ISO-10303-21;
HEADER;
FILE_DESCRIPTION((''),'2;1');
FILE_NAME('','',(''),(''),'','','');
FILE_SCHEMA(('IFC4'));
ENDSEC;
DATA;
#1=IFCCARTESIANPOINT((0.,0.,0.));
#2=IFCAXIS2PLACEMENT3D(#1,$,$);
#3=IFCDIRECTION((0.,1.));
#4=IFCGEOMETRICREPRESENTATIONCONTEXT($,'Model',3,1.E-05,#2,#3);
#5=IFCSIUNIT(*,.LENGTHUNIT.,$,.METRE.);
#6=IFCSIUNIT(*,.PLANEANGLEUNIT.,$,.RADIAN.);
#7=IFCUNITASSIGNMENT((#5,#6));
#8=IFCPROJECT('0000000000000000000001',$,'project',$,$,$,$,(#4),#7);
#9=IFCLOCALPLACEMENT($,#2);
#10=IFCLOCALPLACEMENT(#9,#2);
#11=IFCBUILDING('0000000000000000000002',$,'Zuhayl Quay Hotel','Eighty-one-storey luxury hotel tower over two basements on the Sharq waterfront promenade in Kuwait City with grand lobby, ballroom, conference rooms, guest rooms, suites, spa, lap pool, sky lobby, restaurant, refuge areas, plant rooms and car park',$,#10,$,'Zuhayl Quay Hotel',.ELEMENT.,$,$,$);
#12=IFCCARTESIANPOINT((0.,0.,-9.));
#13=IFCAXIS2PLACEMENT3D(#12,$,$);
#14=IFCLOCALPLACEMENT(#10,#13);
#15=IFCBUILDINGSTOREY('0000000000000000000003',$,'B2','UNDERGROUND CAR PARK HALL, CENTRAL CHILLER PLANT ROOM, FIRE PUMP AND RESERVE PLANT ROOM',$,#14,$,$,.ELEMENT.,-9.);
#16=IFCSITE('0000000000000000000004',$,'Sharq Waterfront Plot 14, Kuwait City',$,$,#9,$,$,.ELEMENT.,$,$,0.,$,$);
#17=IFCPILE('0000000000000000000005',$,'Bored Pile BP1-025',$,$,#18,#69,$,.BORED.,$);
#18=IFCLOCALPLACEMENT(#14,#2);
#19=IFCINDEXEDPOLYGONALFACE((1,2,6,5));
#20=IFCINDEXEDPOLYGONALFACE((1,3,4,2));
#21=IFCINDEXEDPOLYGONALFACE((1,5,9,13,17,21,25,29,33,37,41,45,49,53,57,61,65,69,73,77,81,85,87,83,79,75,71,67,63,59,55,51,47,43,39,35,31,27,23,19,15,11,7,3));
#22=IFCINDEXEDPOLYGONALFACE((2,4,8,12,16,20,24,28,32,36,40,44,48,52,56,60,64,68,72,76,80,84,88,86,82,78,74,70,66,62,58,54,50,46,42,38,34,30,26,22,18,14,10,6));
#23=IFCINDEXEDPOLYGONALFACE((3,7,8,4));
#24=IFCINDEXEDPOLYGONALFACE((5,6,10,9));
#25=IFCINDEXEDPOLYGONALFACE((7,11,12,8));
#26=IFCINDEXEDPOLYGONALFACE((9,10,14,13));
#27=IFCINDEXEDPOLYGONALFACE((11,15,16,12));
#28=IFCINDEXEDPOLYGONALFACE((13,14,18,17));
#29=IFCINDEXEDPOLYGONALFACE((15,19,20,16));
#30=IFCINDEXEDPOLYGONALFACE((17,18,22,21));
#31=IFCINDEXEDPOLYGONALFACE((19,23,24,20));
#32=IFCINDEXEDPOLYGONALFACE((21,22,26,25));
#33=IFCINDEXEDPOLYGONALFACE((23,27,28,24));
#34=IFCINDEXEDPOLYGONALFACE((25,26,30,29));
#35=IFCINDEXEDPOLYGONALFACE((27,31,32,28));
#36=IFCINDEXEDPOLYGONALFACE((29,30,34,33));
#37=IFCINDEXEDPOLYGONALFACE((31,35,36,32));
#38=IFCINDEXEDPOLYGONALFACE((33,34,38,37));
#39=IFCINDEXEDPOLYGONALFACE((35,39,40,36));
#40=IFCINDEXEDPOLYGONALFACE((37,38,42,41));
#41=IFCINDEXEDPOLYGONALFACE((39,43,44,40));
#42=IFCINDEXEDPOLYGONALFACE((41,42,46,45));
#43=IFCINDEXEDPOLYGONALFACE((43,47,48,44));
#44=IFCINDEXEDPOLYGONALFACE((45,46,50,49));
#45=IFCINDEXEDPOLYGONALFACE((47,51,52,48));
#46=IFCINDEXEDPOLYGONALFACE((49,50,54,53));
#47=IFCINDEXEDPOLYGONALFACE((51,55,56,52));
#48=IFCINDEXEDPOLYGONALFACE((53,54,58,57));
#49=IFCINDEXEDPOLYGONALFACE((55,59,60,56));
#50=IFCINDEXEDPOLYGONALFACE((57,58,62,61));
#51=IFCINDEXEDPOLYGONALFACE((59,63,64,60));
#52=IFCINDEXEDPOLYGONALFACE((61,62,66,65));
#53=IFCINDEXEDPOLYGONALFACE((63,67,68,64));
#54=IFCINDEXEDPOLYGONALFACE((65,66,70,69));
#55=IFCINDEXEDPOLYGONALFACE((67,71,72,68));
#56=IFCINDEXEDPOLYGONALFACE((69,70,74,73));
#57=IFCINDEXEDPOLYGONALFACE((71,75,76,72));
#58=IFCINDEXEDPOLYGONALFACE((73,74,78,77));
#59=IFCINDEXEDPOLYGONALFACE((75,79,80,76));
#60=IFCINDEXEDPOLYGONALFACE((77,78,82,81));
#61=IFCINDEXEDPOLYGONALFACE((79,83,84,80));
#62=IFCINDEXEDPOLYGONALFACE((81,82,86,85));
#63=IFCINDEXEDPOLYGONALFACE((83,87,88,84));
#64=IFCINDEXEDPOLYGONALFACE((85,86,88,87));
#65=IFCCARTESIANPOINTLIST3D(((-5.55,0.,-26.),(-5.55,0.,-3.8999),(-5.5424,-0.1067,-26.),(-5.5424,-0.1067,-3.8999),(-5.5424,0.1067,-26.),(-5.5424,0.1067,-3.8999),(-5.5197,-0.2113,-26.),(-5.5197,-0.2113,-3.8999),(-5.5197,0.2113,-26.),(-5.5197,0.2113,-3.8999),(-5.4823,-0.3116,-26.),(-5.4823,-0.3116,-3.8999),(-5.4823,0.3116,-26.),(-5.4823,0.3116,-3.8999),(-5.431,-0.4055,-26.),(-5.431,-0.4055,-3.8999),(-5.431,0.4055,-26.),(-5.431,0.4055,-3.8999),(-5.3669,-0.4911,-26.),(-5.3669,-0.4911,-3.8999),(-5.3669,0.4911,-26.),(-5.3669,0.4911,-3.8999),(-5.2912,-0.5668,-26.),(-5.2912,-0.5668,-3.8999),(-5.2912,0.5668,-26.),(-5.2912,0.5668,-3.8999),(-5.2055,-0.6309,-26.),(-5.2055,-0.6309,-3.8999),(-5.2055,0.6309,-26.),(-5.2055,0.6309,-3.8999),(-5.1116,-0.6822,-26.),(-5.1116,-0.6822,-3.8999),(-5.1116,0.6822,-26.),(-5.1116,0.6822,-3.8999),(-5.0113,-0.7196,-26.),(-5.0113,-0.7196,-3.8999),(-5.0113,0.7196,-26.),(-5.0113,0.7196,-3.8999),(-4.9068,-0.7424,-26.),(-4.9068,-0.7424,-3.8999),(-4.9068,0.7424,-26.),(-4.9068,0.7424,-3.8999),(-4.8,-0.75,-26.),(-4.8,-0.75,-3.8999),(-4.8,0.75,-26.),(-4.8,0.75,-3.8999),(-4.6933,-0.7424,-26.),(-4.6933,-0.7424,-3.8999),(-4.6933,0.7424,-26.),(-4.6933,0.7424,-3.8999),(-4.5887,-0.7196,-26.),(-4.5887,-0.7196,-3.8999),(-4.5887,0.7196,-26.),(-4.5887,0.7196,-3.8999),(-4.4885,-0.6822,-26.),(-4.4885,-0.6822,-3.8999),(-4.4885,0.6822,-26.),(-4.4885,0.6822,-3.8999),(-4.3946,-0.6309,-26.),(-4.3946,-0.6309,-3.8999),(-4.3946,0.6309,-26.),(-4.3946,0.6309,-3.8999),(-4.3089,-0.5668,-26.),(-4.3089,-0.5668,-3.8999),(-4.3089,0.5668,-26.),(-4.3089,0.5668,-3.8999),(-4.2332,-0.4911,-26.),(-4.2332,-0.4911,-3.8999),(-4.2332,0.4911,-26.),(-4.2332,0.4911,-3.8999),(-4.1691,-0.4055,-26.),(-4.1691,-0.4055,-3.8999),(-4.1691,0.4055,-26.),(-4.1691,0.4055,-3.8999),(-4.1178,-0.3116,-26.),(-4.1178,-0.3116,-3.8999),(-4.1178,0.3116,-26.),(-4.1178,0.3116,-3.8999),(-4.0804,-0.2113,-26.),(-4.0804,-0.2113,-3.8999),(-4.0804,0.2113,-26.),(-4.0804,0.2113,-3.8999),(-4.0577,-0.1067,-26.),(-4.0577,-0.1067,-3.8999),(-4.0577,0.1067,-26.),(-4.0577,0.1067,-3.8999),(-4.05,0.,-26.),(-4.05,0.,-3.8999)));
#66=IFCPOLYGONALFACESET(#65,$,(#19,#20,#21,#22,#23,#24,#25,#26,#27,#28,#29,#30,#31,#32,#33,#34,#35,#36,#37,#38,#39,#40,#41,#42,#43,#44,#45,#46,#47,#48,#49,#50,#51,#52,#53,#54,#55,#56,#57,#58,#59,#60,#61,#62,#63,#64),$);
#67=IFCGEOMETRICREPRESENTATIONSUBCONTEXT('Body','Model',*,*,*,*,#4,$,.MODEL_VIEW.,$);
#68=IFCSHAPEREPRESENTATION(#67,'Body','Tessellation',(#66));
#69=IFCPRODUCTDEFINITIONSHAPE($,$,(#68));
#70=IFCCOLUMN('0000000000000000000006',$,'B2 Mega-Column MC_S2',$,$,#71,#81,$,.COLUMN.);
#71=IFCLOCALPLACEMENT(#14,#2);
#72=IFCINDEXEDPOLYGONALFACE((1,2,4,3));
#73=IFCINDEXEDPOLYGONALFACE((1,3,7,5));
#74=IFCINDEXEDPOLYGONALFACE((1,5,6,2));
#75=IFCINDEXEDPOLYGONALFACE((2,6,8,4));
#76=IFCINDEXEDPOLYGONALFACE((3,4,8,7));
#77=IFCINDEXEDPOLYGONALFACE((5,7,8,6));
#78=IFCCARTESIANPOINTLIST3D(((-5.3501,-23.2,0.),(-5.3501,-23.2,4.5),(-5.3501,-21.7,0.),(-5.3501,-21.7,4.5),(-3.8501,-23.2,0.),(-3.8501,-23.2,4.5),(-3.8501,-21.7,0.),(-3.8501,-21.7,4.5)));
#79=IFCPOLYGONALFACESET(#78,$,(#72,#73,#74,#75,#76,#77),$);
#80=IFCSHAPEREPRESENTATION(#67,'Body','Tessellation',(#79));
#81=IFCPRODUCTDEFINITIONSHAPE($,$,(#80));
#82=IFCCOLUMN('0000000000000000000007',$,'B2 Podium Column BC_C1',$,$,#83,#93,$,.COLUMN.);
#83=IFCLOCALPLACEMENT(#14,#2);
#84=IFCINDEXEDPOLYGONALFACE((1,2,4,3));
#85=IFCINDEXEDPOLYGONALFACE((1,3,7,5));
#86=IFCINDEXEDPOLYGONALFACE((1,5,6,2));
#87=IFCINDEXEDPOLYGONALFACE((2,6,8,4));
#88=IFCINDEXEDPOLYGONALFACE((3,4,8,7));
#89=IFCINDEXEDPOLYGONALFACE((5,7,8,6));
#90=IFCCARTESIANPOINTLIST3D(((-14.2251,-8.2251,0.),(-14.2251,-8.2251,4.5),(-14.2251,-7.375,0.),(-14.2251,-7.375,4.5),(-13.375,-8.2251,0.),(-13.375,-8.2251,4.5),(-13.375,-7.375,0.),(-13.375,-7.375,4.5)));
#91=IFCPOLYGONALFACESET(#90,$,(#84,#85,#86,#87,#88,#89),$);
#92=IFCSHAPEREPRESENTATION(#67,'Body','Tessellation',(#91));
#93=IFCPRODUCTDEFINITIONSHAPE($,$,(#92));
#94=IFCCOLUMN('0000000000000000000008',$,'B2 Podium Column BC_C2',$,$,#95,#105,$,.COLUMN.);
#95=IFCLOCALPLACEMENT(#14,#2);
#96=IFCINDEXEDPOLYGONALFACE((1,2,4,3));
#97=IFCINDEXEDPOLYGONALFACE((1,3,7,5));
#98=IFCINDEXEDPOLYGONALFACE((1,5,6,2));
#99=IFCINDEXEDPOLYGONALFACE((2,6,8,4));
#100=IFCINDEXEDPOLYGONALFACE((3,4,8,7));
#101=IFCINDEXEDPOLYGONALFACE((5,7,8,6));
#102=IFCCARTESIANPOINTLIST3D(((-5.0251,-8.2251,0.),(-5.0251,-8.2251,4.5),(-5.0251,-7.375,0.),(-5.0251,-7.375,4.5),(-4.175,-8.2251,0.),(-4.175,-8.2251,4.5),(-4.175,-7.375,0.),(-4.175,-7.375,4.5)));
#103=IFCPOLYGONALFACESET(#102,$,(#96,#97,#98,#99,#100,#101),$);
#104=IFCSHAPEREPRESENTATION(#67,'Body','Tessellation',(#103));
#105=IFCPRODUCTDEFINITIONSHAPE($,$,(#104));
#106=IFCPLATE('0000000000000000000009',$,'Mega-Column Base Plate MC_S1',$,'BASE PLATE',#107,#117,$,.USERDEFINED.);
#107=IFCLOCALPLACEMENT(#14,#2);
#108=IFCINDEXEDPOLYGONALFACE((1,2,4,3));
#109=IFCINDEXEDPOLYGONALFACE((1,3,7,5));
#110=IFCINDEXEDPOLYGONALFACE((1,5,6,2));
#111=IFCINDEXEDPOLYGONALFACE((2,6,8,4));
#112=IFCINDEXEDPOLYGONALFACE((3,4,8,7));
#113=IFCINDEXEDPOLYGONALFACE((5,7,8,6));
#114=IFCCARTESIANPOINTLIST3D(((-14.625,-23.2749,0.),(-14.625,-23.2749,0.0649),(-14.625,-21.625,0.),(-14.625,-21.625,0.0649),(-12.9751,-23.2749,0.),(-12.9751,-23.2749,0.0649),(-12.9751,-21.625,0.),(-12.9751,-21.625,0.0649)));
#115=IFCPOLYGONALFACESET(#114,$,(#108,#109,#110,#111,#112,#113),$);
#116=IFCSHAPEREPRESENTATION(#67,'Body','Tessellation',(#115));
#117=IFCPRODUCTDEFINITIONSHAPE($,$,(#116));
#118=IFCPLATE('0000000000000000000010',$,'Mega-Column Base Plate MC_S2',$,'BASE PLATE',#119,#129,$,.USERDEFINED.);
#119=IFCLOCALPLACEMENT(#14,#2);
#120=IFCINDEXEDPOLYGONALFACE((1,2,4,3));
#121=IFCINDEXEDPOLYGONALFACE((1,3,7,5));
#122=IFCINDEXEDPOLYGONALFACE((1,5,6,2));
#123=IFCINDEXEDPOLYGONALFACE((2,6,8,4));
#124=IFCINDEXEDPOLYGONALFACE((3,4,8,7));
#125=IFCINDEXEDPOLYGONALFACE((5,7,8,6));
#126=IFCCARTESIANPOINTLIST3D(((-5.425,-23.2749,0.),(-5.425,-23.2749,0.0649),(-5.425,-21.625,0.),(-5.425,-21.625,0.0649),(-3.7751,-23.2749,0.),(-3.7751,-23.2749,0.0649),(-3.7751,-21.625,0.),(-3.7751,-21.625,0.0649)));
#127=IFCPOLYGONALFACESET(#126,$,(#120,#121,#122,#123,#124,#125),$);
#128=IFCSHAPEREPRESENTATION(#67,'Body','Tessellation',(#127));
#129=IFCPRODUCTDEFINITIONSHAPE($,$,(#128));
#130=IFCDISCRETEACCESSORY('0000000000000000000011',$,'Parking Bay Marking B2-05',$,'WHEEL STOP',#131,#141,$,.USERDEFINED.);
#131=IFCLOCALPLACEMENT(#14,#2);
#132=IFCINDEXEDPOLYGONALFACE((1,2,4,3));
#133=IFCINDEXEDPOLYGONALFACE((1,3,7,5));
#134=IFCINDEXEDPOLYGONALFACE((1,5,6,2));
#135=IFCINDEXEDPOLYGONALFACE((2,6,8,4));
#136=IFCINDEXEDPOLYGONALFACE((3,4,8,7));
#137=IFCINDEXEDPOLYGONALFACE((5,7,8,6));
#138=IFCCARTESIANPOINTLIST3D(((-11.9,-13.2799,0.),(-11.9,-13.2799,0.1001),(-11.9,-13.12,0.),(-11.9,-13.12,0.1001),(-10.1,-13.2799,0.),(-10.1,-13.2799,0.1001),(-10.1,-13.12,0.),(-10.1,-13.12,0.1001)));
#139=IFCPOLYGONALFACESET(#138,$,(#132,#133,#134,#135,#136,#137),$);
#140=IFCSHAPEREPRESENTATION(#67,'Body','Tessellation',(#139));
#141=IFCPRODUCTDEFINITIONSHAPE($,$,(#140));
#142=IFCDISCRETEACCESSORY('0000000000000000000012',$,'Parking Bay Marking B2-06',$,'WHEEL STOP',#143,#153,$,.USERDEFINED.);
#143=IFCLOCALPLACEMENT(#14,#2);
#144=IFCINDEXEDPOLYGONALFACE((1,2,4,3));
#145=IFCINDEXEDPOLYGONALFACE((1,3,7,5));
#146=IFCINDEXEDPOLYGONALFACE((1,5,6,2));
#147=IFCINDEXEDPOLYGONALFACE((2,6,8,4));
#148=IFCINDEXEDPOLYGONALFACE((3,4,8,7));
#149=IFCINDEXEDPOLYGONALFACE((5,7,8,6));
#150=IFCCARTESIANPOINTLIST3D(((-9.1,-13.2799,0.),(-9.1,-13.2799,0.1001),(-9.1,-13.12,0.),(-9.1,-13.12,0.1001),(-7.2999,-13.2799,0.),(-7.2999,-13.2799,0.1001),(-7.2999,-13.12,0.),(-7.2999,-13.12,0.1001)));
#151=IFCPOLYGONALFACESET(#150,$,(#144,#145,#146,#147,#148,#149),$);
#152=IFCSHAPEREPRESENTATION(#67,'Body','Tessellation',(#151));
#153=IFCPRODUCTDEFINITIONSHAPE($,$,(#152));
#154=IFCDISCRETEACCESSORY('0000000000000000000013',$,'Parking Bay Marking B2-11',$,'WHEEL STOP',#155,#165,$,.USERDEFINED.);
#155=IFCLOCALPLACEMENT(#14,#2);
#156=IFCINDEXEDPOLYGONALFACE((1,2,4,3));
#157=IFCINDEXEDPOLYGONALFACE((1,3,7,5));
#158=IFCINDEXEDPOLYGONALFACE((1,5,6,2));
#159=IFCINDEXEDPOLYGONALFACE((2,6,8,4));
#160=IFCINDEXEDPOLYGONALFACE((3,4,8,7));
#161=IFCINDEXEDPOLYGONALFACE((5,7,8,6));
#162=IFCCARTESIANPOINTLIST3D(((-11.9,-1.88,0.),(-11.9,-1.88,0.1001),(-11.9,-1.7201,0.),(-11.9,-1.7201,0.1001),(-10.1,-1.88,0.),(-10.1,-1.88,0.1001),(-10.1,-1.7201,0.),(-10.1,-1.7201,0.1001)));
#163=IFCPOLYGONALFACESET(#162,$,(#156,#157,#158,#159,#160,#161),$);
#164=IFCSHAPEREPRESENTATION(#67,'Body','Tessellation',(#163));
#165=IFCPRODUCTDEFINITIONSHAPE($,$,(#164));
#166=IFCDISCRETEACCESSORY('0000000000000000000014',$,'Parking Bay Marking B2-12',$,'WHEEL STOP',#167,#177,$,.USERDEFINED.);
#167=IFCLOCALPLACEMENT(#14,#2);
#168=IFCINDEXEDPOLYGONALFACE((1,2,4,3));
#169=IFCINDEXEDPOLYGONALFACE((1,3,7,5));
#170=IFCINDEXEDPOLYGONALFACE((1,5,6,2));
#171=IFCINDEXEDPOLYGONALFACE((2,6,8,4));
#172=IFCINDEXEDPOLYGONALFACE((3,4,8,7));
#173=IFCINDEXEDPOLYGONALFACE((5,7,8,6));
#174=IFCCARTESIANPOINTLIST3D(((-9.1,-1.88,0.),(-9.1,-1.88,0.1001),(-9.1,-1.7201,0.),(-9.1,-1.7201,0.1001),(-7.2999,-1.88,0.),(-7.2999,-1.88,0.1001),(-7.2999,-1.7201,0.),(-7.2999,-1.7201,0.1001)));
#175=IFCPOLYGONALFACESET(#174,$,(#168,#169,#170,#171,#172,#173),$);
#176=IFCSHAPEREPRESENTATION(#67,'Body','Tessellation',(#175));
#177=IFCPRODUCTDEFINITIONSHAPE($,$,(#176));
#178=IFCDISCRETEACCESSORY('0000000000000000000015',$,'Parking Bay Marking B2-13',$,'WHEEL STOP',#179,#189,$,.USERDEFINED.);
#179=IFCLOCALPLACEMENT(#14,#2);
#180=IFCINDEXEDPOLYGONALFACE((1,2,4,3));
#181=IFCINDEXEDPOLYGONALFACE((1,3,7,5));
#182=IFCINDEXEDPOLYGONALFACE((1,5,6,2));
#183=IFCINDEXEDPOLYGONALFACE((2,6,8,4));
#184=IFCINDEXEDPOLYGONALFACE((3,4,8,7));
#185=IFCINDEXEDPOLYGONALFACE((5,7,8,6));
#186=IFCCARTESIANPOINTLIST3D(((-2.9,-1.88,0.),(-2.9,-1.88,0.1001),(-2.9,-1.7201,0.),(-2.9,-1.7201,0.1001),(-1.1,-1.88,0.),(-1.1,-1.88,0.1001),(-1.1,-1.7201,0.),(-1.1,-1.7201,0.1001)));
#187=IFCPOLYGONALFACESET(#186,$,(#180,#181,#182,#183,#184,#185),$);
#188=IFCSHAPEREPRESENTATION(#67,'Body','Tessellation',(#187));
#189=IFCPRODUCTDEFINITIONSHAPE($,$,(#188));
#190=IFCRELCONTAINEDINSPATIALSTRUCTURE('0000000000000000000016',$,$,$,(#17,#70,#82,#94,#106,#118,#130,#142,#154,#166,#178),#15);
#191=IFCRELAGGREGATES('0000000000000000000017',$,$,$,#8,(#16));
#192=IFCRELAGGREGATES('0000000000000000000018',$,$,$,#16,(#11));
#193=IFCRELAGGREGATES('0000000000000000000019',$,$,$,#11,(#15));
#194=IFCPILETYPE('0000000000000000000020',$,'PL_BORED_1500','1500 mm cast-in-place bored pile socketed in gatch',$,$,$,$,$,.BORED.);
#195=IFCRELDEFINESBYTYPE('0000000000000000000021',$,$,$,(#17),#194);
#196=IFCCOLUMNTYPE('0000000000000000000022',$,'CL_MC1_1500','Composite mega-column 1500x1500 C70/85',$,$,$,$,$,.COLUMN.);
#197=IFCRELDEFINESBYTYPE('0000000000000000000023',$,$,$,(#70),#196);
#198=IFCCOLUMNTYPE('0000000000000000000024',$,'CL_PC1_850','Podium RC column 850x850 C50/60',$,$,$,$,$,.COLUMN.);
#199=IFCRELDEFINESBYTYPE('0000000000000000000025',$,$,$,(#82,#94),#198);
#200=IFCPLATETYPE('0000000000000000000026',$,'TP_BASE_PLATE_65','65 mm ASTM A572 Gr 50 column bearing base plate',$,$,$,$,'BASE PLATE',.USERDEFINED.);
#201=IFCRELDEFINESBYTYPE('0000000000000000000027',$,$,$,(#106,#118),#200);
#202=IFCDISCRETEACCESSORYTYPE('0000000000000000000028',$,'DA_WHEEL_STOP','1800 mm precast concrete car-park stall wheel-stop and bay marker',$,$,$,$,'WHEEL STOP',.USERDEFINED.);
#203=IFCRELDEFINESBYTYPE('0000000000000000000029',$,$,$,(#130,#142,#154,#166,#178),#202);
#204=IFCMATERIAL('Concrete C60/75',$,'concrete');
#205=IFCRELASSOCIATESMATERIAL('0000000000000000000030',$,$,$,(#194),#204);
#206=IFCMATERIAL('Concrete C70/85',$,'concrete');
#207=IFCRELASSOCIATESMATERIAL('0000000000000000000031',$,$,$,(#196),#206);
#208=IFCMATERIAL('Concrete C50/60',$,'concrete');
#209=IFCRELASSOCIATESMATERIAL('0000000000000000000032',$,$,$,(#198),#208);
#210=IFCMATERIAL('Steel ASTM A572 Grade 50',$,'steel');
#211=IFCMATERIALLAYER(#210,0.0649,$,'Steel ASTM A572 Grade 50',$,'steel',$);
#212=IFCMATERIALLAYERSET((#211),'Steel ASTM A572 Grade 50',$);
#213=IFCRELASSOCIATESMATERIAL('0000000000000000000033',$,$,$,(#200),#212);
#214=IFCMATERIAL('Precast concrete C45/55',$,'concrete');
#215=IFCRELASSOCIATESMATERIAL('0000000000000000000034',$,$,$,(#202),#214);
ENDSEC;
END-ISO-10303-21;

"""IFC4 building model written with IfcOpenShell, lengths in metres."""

from ifc_helpers import new_model, si_unit, direction, frame, origin, origin_2d, place, context, subcontext, project, spatial, rectangle, circle, extrude, material, layer, layer_set, material_profile, profile_set, type_object, element, save


model = new_model("IFC4")

# Units and contexts
model_context = context("Model", 3, precision=1e-05, world=origin(), true_north=direction((0.0, 1.0)))
body_context = subcontext(model_context, "Body", "Model", "MODEL_VIEW")
ifc_project = project(units=[si_unit("LENGTHUNIT", "METRE"), si_unit("PLANEANGLEUNIT", "RADIAN")], contexts=[model_context])

# Site, building, storey
site_placement = place(None, origin())
site = spatial("IfcSite", under=ifc_project, at=site_placement, Name="Sharq Waterfront Plot 14, Kuwait City", CompositionType="ELEMENT", RefElevation=0.0)
building_placement = place(site_placement, origin())
building = spatial("IfcBuilding", under=site, at=building_placement, Name="Zuhayl Quay Hotel", Description="Eighty-one-storey luxury hotel tower over two basements on the Sharq waterfront promenade in Kuwait City with grand lobby, ballroom, conference rooms, guest rooms, suites, spa, lap pool, sky lobby, restaurant, refuge areas, plant rooms and car park", LongName="Zuhayl Quay Hotel", CompositionType="ELEMENT")
storey_placement = place(building_placement, frame((0.0, 0.0, -9.0)))
storey = spatial("IfcBuildingStorey", under=building, at=storey_placement, Name="B2", Description="UNDERGROUND CAR PARK HALL, CENTRAL CHILLER PLANT ROOM, FIRE PUMP AND RESERVE PLANT ROOM", CompositionType="ELEMENT", Elevation=-9.0)

# Shared definitions
ifc_material_1 = material(Name="Concrete C50/60", Category="concrete")

# Pile
ifc_material_2 = material(Name="Concrete C60/75", Category="concrete")
ifc_material_profile_1 = material_profile(ifc_material_2, circle(Radius=0.75, at=origin_2d()), Name="PILE1500")
ifc_profile_set_1 = profile_set([ifc_material_profile_1], Name="Concrete C60/75")
pile_type_1 = type_object("IfcPileType", Name="PL_BORED_1500", Description="1500 mm cast-in-place bored pile socketed in gatch", PredefinedType="BORED", material=ifc_profile_set_1)
for number, where, z_axis, x_axis, name in (
    (1, (-4.8, 0.0, -3.8999), (0.0, 0.0, -1.0), (1.0, 0.0, 0.0), "Bored Pile BP1-025"),
):
    element("IfcPile", number, at=place(storey_placement, frame(where, z_axis=z_axis, x_axis=x_axis)), inside=storey, type_object=pile_type_1, Name=name, PredefinedType="BORED", context=body_context, shape_type="SweptSolid", body=[
        extrude(circle(Radius=0.75, at=origin_2d()), origin(), (0.0, 0.0, 1.0), 22.1001),
    ])

# Columns
ifc_material_3 = material(Name="Concrete C70/85", Category="concrete")
ifc_material_profile_2 = material_profile(ifc_material_3, rectangle(XDim=1.5, YDim=1.5, at=origin_2d()), Name="RC1500X1500")
ifc_profile_set_2 = profile_set([ifc_material_profile_2], Name="Concrete C70/85")
column_type_1 = type_object("IfcColumnType", Name="CL_MC1_1500", Description="Composite mega-column 1500x1500 C70/85", PredefinedType="COLUMN", material=ifc_profile_set_2)
column_placement = place(storey_placement, frame((-4.6001, -22.45, 0.0), z_axis=(0.0, 0.0, 1.0), x_axis=(1.0, 0.0, 0.0)))
element("IfcColumn", 2, at=column_placement, inside=storey, type_object=column_type_1, Name="B2 Mega-Column MC_S2", PredefinedType="COLUMN", context=body_context, shape_type="SweptSolid", body=[
    extrude(rectangle(XDim=1.5, YDim=1.5, at=origin_2d()), origin(), (0.0, 0.0, 1.0), 4.5),
])
ifc_material_profile_3 = material_profile(ifc_material_1, rectangle(XDim=0.8501, YDim=0.8501, at=origin_2d()), Name="RC850X850")
ifc_profile_set_3 = profile_set([ifc_material_profile_3], Name="Concrete C50/60")
column_type_2 = type_object("IfcColumnType", Name="CL_PC1_850", Description="Podium RC column 850x850 C50/60", PredefinedType="COLUMN", material=ifc_profile_set_3)
for number, where, z_axis, x_axis, name in (
    (3, (-13.8, -7.8, 0.0), (0.0, 0.0, 1.0), (1.0, 0.0, 0.0), "B2 Podium Column BC_C1"),
    (4, (-4.6001, -7.8, 0.0), (0.0, 0.0, 1.0), (1.0, 0.0, 0.0), "B2 Podium Column BC_C2"),
):
    element("IfcColumn", number, at=place(storey_placement, frame(where, z_axis=z_axis, x_axis=x_axis)), inside=storey, type_object=column_type_2, Name=name, PredefinedType="COLUMN", context=body_context, shape_type="SweptSolid", body=[
        extrude(rectangle(XDim=0.8501, YDim=0.8501, at=origin_2d()), origin(), (0.0, 0.0, 1.0), 4.5),
    ])

# Plates
ifc_material_4 = material(Name="Steel ASTM A572 Grade 50", Category="steel")
ifc_layer_1 = layer(ifc_material_4, 0.0649, Name="Steel ASTM A572 Grade 50", Category="steel")
ifc_layer_set_1 = layer_set([ifc_layer_1], Name="Steel ASTM A572 Grade 50")
plate_type = type_object("IfcPlateType", Name="TP_BASE_PLATE_65", Description="65 mm ASTM A572 Gr 50 column bearing base plate", ElementType="BASE PLATE", PredefinedType="USERDEFINED", material=ifc_layer_set_1)
for number, where, z_axis, x_axis, name in (
    (5, (-13.8, -22.45, 0.0), (0.0, 0.0, 1.0), (1.0, 0.0, 0.0), "Mega-Column Base Plate MC_S1"),
    (6, (-4.6001, -22.45, 0.0), (0.0, 0.0, 1.0), (1.0, 0.0, 0.0), "Mega-Column Base Plate MC_S2"),
):
    element("IfcPlate", number, at=place(storey_placement, frame(where, z_axis=z_axis, x_axis=x_axis)), inside=storey, type_object=plate_type, Name=name, ObjectType="BASE PLATE", PredefinedType="USERDEFINED", context=body_context, shape_type="SweptSolid", body=[
        extrude(rectangle(XDim=1.6499, YDim=1.6499, at=origin_2d()), origin(), (0.0, 0.0, 1.0), 0.0649),
    ])

# Discrete accessories
ifc_material_5 = material(Name="Precast concrete C45/55", Category="concrete")
discrete_accessory_type = type_object("IfcDiscreteAccessoryType", Name="DA_WHEEL_STOP", Description="1800 mm precast concrete car-park stall wheel-stop and bay marker", ElementType="WHEEL STOP", PredefinedType="USERDEFINED", material=ifc_material_5)
for number, where, z_axis, x_axis, name in (
    (7, (-11.0, -13.2, 0.0), (0.0, 0.0, 1.0), (1.0, 0.0, 0.0), "Parking Bay Marking B2-05"),
    (8, (-8.2, -13.2, 0.0), (0.0, 0.0, 1.0), (1.0, 0.0, 0.0), "Parking Bay Marking B2-06"),
    (9, (-11.0, -1.8, 0.0), (0.0, 0.0, 1.0), (1.0, 0.0, 0.0), "Parking Bay Marking B2-11"),
    (10, (-8.2, -1.8, 0.0), (0.0, 0.0, 1.0), (1.0, 0.0, 0.0), "Parking Bay Marking B2-12"),
    (11, (-2.0, -1.8, 0.0), (0.0, 0.0, 1.0), (1.0, 0.0, 0.0), "Parking Bay Marking B2-13"),
):
    element("IfcDiscreteAccessory", number, at=place(storey_placement, frame(where, z_axis=z_axis, x_axis=x_axis)), inside=storey, type_object=discrete_accessory_type, Name=name, ObjectType="WHEEL STOP", PredefinedType="USERDEFINED", context=body_context, shape_type="SweptSolid", body=[
        extrude(rectangle(XDim=1.8, YDim=0.1599, at=origin_2d()), origin(), (0.0, 0.0, 1.0), 0.1001),
    ])

save(model, "model.ifc")
